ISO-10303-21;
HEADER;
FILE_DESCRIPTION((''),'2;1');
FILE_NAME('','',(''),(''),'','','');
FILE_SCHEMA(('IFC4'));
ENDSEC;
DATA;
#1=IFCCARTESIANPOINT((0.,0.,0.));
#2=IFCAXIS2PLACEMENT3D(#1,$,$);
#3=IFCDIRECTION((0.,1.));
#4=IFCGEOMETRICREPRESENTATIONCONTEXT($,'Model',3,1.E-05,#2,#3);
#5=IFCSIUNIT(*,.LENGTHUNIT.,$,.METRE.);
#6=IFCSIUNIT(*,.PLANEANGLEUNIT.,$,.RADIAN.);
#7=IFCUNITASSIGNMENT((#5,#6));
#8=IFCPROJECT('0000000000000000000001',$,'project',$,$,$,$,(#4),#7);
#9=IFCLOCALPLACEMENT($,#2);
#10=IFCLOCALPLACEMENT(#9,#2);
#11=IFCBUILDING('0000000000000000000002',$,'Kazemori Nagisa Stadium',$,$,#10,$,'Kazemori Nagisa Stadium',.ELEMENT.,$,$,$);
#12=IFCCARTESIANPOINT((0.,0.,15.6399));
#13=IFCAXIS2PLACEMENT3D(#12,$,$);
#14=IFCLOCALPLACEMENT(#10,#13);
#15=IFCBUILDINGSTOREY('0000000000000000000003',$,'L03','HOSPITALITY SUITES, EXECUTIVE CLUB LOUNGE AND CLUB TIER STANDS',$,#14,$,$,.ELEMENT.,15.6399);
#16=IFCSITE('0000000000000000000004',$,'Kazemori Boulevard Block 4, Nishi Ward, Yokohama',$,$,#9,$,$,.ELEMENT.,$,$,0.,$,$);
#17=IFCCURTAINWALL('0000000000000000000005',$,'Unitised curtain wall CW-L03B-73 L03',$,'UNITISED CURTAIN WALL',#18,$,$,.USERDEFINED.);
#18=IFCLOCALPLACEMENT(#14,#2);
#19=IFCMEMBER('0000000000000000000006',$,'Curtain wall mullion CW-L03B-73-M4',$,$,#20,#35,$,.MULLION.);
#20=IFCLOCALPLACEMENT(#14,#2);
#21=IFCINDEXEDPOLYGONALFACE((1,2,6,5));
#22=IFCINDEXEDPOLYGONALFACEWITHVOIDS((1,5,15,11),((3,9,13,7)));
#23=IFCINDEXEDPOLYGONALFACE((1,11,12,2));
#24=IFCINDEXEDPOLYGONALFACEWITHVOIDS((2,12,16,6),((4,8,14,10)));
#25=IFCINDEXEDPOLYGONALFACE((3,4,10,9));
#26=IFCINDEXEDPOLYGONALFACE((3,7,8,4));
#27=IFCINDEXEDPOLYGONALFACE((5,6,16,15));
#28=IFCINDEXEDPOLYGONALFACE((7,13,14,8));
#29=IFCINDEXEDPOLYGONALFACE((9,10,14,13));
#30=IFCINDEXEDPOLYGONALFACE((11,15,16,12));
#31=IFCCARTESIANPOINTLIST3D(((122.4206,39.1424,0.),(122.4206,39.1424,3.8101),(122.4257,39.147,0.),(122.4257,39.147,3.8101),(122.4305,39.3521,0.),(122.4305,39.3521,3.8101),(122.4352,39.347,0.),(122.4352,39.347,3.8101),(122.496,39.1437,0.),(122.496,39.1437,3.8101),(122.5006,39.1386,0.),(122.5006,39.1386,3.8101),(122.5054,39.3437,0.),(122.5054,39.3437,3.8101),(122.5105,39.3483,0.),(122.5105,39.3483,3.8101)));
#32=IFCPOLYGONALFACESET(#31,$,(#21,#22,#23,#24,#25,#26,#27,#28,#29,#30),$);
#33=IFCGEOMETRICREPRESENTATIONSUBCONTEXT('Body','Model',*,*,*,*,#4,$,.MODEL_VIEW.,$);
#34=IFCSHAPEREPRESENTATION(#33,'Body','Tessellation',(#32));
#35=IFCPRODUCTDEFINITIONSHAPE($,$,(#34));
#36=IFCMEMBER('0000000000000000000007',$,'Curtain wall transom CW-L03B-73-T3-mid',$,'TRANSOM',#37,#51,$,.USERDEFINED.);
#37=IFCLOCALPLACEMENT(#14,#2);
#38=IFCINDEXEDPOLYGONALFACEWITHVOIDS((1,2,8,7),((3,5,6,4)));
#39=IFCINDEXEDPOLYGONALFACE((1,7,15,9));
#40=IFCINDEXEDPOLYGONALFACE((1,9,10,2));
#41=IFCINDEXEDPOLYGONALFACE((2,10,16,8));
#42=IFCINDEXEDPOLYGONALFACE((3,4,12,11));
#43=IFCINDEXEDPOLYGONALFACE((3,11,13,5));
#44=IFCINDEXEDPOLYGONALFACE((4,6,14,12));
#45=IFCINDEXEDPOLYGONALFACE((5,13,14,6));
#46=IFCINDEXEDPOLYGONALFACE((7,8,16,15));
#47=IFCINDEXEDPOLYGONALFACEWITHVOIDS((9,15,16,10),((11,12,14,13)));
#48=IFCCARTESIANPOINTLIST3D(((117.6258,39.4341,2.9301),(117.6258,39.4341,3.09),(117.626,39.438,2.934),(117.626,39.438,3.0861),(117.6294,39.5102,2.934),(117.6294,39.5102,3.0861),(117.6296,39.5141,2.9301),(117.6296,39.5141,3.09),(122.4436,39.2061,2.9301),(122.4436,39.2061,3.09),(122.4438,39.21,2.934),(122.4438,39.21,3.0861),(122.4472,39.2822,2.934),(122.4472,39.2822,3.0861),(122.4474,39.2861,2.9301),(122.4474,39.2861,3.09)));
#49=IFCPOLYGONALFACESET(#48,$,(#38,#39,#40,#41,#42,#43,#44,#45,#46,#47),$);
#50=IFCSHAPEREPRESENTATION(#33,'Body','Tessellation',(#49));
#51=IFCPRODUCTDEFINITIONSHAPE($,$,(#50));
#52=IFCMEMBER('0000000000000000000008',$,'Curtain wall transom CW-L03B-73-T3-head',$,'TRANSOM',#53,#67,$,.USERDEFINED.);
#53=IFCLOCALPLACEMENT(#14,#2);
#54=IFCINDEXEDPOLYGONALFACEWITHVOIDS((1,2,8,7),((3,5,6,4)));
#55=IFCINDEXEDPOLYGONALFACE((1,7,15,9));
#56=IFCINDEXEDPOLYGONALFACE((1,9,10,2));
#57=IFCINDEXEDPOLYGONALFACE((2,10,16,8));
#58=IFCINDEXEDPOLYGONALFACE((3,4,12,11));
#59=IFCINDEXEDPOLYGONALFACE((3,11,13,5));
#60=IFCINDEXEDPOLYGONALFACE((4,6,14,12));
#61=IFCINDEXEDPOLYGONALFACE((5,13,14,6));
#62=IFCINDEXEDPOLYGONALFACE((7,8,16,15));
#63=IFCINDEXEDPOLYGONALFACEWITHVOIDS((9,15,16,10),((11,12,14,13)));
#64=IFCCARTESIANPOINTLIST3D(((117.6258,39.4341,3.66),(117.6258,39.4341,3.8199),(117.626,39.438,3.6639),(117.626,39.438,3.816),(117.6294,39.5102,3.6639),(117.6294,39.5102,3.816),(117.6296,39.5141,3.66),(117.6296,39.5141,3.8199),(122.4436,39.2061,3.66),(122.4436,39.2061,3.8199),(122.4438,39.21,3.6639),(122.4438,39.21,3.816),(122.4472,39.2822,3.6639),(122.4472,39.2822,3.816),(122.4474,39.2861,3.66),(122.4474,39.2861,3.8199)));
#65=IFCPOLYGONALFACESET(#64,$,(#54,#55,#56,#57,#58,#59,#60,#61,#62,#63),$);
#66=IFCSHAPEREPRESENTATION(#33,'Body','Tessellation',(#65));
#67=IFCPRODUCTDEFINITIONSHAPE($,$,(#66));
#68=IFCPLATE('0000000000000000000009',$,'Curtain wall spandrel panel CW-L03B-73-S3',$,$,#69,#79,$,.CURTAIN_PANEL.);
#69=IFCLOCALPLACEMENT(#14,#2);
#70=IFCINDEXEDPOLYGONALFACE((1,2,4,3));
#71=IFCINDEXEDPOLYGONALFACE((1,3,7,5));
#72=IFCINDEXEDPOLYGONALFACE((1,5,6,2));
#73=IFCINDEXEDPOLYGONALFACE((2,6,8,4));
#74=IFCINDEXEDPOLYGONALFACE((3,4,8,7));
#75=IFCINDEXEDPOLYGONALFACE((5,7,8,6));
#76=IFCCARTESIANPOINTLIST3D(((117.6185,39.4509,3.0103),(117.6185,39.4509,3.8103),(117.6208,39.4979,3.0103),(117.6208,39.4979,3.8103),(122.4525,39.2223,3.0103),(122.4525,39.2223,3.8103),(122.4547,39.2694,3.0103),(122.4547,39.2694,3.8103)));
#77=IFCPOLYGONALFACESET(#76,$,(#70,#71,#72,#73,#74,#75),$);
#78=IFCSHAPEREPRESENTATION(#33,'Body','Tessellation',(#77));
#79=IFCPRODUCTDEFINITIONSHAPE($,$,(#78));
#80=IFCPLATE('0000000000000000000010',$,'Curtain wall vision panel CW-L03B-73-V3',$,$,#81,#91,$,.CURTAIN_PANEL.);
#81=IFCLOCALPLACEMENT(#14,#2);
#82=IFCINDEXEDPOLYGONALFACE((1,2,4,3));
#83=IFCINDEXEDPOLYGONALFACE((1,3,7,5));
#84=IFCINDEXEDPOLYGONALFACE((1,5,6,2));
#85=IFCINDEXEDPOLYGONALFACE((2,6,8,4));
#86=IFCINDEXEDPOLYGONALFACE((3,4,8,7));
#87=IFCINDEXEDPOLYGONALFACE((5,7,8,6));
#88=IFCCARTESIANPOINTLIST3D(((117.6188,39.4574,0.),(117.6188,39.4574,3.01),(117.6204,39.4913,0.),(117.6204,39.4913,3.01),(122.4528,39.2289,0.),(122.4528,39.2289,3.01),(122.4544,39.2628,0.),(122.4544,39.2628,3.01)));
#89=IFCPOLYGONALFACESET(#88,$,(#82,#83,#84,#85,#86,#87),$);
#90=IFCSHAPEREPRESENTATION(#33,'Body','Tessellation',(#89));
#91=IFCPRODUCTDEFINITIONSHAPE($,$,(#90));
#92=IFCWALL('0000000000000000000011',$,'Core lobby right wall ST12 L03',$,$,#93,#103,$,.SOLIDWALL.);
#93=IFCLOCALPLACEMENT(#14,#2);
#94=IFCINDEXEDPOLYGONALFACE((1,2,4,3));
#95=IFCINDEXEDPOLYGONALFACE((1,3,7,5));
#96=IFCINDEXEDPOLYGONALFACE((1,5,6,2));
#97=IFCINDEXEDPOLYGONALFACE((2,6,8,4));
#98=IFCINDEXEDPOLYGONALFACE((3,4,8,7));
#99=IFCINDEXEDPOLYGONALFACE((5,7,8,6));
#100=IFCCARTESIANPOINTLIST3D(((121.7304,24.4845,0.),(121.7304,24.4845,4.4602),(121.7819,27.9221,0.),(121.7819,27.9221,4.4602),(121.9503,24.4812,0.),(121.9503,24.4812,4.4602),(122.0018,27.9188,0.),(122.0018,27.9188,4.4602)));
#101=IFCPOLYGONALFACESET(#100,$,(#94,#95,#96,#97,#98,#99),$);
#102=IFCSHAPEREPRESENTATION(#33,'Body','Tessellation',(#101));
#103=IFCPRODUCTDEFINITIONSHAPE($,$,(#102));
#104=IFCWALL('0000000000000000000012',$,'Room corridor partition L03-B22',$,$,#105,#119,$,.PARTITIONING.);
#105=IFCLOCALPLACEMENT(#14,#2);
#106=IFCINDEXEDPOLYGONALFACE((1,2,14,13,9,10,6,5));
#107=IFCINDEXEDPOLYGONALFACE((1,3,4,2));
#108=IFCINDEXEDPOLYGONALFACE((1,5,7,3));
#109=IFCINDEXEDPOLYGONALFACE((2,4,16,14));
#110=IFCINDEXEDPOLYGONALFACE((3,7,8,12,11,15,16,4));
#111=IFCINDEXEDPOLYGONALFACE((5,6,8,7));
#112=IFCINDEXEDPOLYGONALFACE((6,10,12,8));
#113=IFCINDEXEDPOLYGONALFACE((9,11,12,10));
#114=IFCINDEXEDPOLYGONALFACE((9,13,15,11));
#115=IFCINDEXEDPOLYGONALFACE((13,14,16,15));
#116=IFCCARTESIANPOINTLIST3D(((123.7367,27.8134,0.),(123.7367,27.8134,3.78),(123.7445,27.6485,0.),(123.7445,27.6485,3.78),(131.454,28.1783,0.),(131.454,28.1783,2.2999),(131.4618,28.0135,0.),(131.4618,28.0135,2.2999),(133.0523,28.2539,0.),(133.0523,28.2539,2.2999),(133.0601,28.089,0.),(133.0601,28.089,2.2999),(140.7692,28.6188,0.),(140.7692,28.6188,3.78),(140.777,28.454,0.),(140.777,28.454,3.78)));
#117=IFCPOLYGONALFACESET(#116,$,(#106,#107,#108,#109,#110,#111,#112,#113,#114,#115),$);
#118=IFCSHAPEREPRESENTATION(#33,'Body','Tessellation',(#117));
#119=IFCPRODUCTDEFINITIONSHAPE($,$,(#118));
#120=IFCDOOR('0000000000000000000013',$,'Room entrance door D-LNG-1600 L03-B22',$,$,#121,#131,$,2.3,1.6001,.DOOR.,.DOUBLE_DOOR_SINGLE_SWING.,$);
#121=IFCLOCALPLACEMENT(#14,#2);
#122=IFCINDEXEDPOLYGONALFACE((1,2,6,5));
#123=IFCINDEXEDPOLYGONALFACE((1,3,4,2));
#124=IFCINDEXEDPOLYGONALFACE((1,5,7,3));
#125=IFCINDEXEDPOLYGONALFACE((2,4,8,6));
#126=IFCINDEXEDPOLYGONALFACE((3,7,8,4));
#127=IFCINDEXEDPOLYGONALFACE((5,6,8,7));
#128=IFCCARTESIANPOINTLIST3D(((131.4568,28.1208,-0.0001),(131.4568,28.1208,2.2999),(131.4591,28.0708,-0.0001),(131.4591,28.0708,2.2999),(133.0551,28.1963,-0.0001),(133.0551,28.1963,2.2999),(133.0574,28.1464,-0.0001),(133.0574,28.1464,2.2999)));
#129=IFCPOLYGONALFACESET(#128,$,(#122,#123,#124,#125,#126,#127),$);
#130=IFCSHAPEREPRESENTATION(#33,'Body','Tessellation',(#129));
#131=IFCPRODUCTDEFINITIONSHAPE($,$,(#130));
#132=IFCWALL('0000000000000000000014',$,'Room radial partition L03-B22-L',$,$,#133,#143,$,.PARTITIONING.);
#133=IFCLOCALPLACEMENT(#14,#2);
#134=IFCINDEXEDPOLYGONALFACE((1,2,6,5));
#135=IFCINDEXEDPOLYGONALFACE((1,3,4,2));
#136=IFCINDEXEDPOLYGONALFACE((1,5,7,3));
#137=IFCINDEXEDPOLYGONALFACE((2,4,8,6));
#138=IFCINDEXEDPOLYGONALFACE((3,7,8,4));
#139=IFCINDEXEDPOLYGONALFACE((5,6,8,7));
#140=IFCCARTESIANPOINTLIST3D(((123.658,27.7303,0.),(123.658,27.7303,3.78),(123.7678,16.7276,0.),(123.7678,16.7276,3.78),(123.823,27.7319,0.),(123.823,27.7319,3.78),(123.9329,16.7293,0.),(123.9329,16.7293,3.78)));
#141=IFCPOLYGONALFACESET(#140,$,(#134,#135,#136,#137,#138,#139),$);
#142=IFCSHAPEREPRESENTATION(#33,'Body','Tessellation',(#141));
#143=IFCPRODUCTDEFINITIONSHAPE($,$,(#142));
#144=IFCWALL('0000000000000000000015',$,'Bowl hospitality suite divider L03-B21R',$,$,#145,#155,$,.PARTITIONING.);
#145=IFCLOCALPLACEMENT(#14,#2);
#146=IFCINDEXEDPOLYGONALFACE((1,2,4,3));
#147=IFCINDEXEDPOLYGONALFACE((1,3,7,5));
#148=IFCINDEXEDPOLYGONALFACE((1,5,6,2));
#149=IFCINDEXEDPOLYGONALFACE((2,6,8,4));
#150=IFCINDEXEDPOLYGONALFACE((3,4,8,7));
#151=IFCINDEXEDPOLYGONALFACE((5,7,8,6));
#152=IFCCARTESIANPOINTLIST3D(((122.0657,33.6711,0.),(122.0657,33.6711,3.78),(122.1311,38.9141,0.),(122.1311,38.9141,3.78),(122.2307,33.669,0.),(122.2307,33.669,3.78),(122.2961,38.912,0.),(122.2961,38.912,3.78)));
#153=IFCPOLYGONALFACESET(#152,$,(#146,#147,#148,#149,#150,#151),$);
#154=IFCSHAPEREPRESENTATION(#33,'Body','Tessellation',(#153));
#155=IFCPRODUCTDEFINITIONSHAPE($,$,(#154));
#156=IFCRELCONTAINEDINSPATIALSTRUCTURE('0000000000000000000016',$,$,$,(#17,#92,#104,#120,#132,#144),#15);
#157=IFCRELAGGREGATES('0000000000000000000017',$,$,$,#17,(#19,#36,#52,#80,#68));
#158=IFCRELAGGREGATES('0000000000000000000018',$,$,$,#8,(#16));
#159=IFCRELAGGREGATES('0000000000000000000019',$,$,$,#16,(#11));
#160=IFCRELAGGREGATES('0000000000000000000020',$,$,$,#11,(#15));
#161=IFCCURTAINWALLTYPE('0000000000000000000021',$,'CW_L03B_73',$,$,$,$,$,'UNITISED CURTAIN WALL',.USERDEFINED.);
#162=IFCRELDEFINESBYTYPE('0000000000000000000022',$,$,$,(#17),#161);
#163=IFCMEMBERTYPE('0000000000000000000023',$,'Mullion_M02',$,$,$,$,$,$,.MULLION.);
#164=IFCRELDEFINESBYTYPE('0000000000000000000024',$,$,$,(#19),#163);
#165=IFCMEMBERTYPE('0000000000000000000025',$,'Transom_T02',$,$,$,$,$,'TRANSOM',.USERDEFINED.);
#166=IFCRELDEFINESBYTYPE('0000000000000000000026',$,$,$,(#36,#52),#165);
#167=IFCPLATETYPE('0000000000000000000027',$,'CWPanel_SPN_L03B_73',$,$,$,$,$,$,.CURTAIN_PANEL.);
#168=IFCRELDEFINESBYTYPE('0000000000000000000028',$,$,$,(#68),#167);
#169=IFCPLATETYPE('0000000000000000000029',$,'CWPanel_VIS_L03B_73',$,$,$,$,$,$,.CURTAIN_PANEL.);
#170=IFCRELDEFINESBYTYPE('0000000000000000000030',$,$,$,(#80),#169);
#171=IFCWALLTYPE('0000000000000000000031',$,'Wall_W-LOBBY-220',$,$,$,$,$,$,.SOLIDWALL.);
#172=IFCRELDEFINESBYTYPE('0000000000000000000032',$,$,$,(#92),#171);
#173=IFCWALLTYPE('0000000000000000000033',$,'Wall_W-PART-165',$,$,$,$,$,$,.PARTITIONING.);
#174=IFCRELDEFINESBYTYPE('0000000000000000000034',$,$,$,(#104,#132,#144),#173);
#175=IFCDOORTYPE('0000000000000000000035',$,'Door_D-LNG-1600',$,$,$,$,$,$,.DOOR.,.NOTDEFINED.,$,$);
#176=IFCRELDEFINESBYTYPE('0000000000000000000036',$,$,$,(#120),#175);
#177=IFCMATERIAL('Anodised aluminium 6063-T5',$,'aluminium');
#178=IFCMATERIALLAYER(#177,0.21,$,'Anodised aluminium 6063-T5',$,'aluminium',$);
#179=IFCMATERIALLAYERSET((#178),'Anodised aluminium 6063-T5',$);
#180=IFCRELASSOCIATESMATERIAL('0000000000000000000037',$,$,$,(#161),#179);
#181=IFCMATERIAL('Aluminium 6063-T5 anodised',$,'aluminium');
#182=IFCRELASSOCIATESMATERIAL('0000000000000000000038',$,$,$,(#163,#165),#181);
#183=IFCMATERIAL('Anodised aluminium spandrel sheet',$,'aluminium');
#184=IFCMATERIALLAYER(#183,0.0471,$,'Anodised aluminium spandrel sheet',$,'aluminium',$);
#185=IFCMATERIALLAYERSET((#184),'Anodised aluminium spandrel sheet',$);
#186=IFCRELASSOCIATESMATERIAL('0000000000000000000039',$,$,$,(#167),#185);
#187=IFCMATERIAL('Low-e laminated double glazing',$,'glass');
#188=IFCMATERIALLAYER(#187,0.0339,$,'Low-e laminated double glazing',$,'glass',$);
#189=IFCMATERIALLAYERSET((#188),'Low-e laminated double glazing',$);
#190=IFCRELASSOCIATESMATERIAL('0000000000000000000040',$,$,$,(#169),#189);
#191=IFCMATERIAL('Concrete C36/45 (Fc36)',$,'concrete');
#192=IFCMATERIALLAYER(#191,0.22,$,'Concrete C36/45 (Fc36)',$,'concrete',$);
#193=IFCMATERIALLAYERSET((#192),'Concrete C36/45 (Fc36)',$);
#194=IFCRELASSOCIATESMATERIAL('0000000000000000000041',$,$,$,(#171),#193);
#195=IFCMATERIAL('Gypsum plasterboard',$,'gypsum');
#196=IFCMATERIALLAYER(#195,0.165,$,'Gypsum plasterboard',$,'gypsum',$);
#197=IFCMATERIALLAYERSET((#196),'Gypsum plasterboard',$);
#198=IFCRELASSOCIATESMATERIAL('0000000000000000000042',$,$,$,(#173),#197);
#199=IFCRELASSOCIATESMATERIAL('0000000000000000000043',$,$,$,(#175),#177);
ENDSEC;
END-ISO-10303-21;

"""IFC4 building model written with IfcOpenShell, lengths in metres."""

from ifc_helpers import new_model, si_unit, direction, frame, frame_2d, origin, origin_2d, place, context, subcontext, project, spatial, rectangle, hollow_rectangle, extrude, material, layer, layer_set, material_profile, profile_set, type_object, element, fill, aggregate, save


model = new_model("IFC4")

# Units and contexts
model_context = context("Model", 3, precision=1e-05, world=origin(), true_north=direction((0.0, 1.0)))
body_context = subcontext(model_context, "Body", "Model", "MODEL_VIEW")
ifc_project = project(units=[si_unit("LENGTHUNIT", "METRE"), si_unit("PLANEANGLEUNIT", "RADIAN")], contexts=[model_context])

# Site, building, storey
site_placement = place(None, origin())
site = spatial("IfcSite", under=ifc_project, at=site_placement, Name="Kazemori Boulevard Block 4, Nishi Ward, Yokohama", CompositionType="ELEMENT", RefElevation=0.0)
building_placement = place(site_placement, origin())
building = spatial("IfcBuilding", under=site, at=building_placement, Name="Kazemori Nagisa Stadium", LongName="Kazemori Nagisa Stadium", CompositionType="ELEMENT")
storey_placement = place(building_placement, frame((0.0, 0.0, 15.6399)))
storey = spatial("IfcBuildingStorey", under=building, at=storey_placement, Name="L03", Description="HOSPITALITY SUITES, EXECUTIVE CLUB LOUNGE AND CLUB TIER STANDS", CompositionType="ELEMENT", Elevation=15.6399)

# Curtain wall, members, plates
ifc_material_1 = material(Name="Anodised aluminium 6063-T5", Category="aluminium")
ifc_layer_1 = layer(ifc_material_1, 0.21, Name="Anodised aluminium 6063-T5", Category="aluminium")
ifc_layer_set_1 = layer_set([ifc_layer_1], Name="Anodised aluminium 6063-T5")
curtain_wall_type = type_object("IfcCurtainWallType", Name="CW_L03B_73", ElementType="UNITISED CURTAIN WALL", PredefinedType="USERDEFINED", material=ifc_layer_set_1)
curtain_wall_placement = place(storey_placement, origin())
curtain_wall = element("IfcCurtainWall", 1, at=curtain_wall_placement, inside=storey, type_object=curtain_wall_type, Name="Unitised curtain wall CW-L03B-73 L03", ObjectType="UNITISED CURTAIN WALL", PredefinedType="USERDEFINED")
ifc_material_2 = material(Name="Aluminium 6063-T5 anodised", Category="aluminium")
ifc_material_profile_1 = material_profile(ifc_material_2, hollow_rectangle(XDim=0.0801, YDim=0.21, WallThickness=0.0049, at=origin_2d()), Name="ALU-MULL-80x210x5")
ifc_profile_set_1 = profile_set([ifc_material_profile_1], Name="Aluminium 6063-T5 anodised")
member_type_1 = type_object("IfcMemberType", Name="Mullion_M02", PredefinedType="MULLION", material=ifc_profile_set_1)
member_1_placement = place(storey_placement, frame((122.4656, 39.2454, 0.0), z_axis=(0.0, 0.0, 1.0), x_axis=(0.998884, -0.04723, 0.0)))
member_1 = element("IfcMember", 2, at=member_1_placement, type_object=member_type_1, Name="Curtain wall mullion CW-L03B-73-M4", PredefinedType="MULLION", context=body_context, shape_type="SweptSolid", body=[
    extrude(hollow_rectangle(XDim=0.0801, YDim=0.21, WallThickness=0.0049, at=origin_2d()), origin(), (0.0, 0.0, 1.0), 3.8101),
])
ifc_material_profile_2 = material_profile(ifc_material_2, hollow_rectangle(XDim=0.0801, YDim=0.1599, WallThickness=0.0039, at=origin_2d()), Name="ALU-TRAN-80x160x4")
ifc_profile_set_2 = profile_set([ifc_material_profile_2], Name="Aluminium 6063-T5 anodised")
member_type_2 = type_object("IfcMemberType", Name="Transom_T02", ElementType="TRANSOM", PredefinedType="USERDEFINED", material=ifc_profile_set_2)
member_2_placement = place(storey_placement, frame((117.6277, 39.4741, 3.01), z_axis=(0.998882, -0.047277, 0.0), x_axis=(0.047277, 0.998882, 0.0)))
member_2 = element("IfcMember", 3, at=member_2_placement, type_object=member_type_2, Name="Curtain wall transom CW-L03B-73-T3-mid", ObjectType="TRANSOM", PredefinedType="USERDEFINED", context=body_context, shape_type="SweptSolid", body=[
    extrude(hollow_rectangle(XDim=0.0801, YDim=0.1599, WallThickness=0.0039, at=origin_2d()), origin(), (0.0, 0.0, 1.0), 4.8232),
])
member_3_placement = place(storey_placement, frame((117.6277, 39.4741, 3.74), z_axis=(0.998882, -0.047277, 0.0), x_axis=(0.047277, 0.998882, 0.0)))
member_3 = element("IfcMember", 4, at=member_3_placement, type_object=member_type_2, Name="Curtain wall transom CW-L03B-73-T3-head", ObjectType="TRANSOM", PredefinedType="USERDEFINED", context=body_context, shape_type="SweptSolid", body=[
    extrude(hollow_rectangle(XDim=0.0801, YDim=0.1599, WallThickness=0.0039, at=origin_2d()), origin(), (0.0, 0.0, 1.0), 4.8232),
])
ifc_material_3 = material(Name="Anodised aluminium spandrel sheet", Category="aluminium")
ifc_layer_2 = layer(ifc_material_3, 0.0471, Name="Anodised aluminium spandrel sheet", Category="aluminium")
ifc_layer_set_2 = layer_set([ifc_layer_2], Name="Anodised aluminium spandrel sheet")
plate_type_1 = type_object("IfcPlateType", Name="CWPanel_SPN_L03B_73", PredefinedType="CURTAIN_PANEL", material=ifc_layer_set_2)
plate_1_placement = place(storey_placement, frame((120.0366, 39.3601, 3.0103), z_axis=(0.0, 0.0, 1.0), x_axis=(0.998884, -0.04723, 0.0)))
plate_1 = element("IfcPlate", 5, at=plate_1_placement, type_object=plate_type_1, Name="Curtain wall spandrel panel CW-L03B-73-S3", PredefinedType="CURTAIN_PANEL", context=body_context, shape_type="SweptSolid", body=[
    extrude(rectangle(XDim=4.8394, YDim=0.0471, at=origin_2d()), origin(), (0.0, 0.0, 1.0), 0.8),
])
ifc_material_4 = material(Name="Low-e laminated double glazing", Category="glass")
ifc_layer_3 = layer(ifc_material_4, 0.0339, Name="Low-e laminated double glazing", Category="glass")
ifc_layer_set_3 = layer_set([ifc_layer_3], Name="Low-e laminated double glazing")
plate_type_2 = type_object("IfcPlateType", Name="CWPanel_VIS_L03B_73", PredefinedType="CURTAIN_PANEL", material=ifc_layer_set_3)
plate_2_placement = place(storey_placement, frame((120.0366, 39.3601, 0.0), z_axis=(0.0, 0.0, 1.0), x_axis=(0.998884, -0.04723, 0.0)))
plate_2 = element("IfcPlate", 6, at=plate_2_placement, type_object=plate_type_2, Name="Curtain wall vision panel CW-L03B-73-V3", PredefinedType="CURTAIN_PANEL", context=body_context, shape_type="SweptSolid", body=[
    extrude(rectangle(XDim=4.8394, YDim=0.0339, at=origin_2d()), origin(), (0.0, 0.0, 1.0), 3.01),
])
aggregate(curtain_wall, [member_1, member_2, member_3, plate_2, plate_1])

# Wall
ifc_material_5 = material(Name="Concrete C36/45 (Fc36)", Category="concrete")
ifc_layer_4 = layer(ifc_material_5, 0.22, Name="Concrete C36/45 (Fc36)", Category="concrete")
ifc_layer_set_4 = layer_set([ifc_layer_4], Name="Concrete C36/45 (Fc36)")
wall_type_1 = type_object("IfcWallType", Name="Wall_W-LOBBY-220", PredefinedType="SOLIDWALL", material=ifc_layer_set_4)
wall_1_placement = place(storey_placement, frame((121.8918, 27.9204, 0.0), z_axis=(0.0, 0.0, 1.0), x_axis=(-0.014984, -0.999888, 0.0)))
element("IfcWall", 7, at=wall_1_placement, inside=storey, type_object=wall_type_1, Name="Core lobby right wall ST12 L03", PredefinedType="SOLIDWALL", context=body_context, shape_type="SweptSolid", body=[
    extrude(rectangle(XDim=3.438, YDim=0.22, at=frame_2d((1.719, 0.0))), origin(), (0.0, 0.0, 1.0), 4.4602),
])

# Wall, opening, door
ifc_material_6 = material(Name="Gypsum plasterboard", Category="gypsum")
ifc_layer_5 = layer(ifc_material_6, 0.165, Name="Gypsum plasterboard", Category="gypsum")
ifc_layer_set_5 = layer_set([ifc_layer_5], Name="Gypsum plasterboard")
wall_type_2 = type_object("IfcWallType", Name="Wall_W-PART-165", PredefinedType="PARTITIONING", material=ifc_layer_set_5)
wall_2_placement = place(storey_placement, frame((123.7405, 27.731, 0.0), z_axis=(0.0, 0.0, 1.0), x_axis=(0.998884, 0.047235, 0.0)))
wall_2 = element("IfcWall", 8, at=wall_2_placement, inside=storey, type_object=wall_type_2, Name="Room corridor partition L03-B22", PredefinedType="PARTITIONING", context=body_context, shape_type="SweptSolid", body=[
    extrude(rectangle(XDim=17.0515, YDim=0.165, at=frame_2d((8.5259, 0.0))), origin(), (0.0, 0.0, 1.0), 3.78),
])
opening_placement = place(wall_2_placement, frame((7.7261, 0.0, 0.0)))
opening = element("IfcOpeningElement", 9, at=opening_placement, cuts=wall_2, PredefinedType="OPENING", context=body_context, shape_type="SweptSolid", body=[
    extrude(rectangle(XDim=1.6001, YDim=2.3, at=frame_2d((0.8, 1.1499))), frame((0.0, 0.0925, 0.0), z_axis=(0.0, -1.0, 0.0), x_axis=(1.0, 0.0, 0.0)), (0.0, 0.0, 1.0), 0.1851),
])
door_type = type_object("IfcDoorType", Name="Door_D-LNG-1600", OperationType="NOTDEFINED", PredefinedType="DOOR", material=ifc_material_1)
door_placement = place(opening_placement, origin())
door = element("IfcDoor", 10, at=door_placement, inside=storey, type_object=door_type, Name="Room entrance door D-LNG-1600 L03-B22", OperationType="DOUBLE_DOOR_SINGLE_SWING", OverallHeight=2.3, OverallWidth=1.6001, PredefinedType="DOOR", context=body_context, shape_type="SweptSolid", body=[
    extrude(rectangle(XDim=1.6001, YDim=2.3, at=frame_2d((0.8, 1.1499))), frame((0.0, 0.0249, 0.0), z_axis=(0.0, -1.0, 0.0), x_axis=(1.0, 0.0, 0.0)), (0.0, 0.0, 1.0), 0.05),
])
fill(opening, door)

# Walls
wall_3_placement = place(storey_placement, frame((123.7405, 27.731, 0.0), z_axis=(0.0, 0.0, 1.0), x_axis=(0.009985, -0.99995, 0.0)))
element("IfcWall", 11, at=wall_3_placement, inside=storey, type_object=wall_type_2, Name="Room radial partition L03-B22-L", PredefinedType="PARTITIONING", context=body_context, shape_type="SweptSolid", body=[
    extrude(rectangle(XDim=11.0032, YDim=0.165, at=frame_2d((5.5015, 0.0))), origin(), (0.0, 0.0, 1.0), 3.78),
])
wall_4_placement = place(storey_placement, frame((122.1482, 33.6702, 0.0), z_axis=(0.0, 0.0, 1.0), x_axis=(0.012479, 0.999922, 0.0)))
element("IfcWall", 12, at=wall_4_placement, inside=storey, type_object=wall_type_2, Name="Bowl hospitality suite divider L03-B21R", PredefinedType="PARTITIONING", context=body_context, shape_type="SweptSolid", body=[
    extrude(rectangle(XDim=5.2434, YDim=0.165, at=frame_2d((2.6216, 0.0))), origin(), (0.0, 0.0, 1.0), 3.78),
])

save(model, "model.ifc")
